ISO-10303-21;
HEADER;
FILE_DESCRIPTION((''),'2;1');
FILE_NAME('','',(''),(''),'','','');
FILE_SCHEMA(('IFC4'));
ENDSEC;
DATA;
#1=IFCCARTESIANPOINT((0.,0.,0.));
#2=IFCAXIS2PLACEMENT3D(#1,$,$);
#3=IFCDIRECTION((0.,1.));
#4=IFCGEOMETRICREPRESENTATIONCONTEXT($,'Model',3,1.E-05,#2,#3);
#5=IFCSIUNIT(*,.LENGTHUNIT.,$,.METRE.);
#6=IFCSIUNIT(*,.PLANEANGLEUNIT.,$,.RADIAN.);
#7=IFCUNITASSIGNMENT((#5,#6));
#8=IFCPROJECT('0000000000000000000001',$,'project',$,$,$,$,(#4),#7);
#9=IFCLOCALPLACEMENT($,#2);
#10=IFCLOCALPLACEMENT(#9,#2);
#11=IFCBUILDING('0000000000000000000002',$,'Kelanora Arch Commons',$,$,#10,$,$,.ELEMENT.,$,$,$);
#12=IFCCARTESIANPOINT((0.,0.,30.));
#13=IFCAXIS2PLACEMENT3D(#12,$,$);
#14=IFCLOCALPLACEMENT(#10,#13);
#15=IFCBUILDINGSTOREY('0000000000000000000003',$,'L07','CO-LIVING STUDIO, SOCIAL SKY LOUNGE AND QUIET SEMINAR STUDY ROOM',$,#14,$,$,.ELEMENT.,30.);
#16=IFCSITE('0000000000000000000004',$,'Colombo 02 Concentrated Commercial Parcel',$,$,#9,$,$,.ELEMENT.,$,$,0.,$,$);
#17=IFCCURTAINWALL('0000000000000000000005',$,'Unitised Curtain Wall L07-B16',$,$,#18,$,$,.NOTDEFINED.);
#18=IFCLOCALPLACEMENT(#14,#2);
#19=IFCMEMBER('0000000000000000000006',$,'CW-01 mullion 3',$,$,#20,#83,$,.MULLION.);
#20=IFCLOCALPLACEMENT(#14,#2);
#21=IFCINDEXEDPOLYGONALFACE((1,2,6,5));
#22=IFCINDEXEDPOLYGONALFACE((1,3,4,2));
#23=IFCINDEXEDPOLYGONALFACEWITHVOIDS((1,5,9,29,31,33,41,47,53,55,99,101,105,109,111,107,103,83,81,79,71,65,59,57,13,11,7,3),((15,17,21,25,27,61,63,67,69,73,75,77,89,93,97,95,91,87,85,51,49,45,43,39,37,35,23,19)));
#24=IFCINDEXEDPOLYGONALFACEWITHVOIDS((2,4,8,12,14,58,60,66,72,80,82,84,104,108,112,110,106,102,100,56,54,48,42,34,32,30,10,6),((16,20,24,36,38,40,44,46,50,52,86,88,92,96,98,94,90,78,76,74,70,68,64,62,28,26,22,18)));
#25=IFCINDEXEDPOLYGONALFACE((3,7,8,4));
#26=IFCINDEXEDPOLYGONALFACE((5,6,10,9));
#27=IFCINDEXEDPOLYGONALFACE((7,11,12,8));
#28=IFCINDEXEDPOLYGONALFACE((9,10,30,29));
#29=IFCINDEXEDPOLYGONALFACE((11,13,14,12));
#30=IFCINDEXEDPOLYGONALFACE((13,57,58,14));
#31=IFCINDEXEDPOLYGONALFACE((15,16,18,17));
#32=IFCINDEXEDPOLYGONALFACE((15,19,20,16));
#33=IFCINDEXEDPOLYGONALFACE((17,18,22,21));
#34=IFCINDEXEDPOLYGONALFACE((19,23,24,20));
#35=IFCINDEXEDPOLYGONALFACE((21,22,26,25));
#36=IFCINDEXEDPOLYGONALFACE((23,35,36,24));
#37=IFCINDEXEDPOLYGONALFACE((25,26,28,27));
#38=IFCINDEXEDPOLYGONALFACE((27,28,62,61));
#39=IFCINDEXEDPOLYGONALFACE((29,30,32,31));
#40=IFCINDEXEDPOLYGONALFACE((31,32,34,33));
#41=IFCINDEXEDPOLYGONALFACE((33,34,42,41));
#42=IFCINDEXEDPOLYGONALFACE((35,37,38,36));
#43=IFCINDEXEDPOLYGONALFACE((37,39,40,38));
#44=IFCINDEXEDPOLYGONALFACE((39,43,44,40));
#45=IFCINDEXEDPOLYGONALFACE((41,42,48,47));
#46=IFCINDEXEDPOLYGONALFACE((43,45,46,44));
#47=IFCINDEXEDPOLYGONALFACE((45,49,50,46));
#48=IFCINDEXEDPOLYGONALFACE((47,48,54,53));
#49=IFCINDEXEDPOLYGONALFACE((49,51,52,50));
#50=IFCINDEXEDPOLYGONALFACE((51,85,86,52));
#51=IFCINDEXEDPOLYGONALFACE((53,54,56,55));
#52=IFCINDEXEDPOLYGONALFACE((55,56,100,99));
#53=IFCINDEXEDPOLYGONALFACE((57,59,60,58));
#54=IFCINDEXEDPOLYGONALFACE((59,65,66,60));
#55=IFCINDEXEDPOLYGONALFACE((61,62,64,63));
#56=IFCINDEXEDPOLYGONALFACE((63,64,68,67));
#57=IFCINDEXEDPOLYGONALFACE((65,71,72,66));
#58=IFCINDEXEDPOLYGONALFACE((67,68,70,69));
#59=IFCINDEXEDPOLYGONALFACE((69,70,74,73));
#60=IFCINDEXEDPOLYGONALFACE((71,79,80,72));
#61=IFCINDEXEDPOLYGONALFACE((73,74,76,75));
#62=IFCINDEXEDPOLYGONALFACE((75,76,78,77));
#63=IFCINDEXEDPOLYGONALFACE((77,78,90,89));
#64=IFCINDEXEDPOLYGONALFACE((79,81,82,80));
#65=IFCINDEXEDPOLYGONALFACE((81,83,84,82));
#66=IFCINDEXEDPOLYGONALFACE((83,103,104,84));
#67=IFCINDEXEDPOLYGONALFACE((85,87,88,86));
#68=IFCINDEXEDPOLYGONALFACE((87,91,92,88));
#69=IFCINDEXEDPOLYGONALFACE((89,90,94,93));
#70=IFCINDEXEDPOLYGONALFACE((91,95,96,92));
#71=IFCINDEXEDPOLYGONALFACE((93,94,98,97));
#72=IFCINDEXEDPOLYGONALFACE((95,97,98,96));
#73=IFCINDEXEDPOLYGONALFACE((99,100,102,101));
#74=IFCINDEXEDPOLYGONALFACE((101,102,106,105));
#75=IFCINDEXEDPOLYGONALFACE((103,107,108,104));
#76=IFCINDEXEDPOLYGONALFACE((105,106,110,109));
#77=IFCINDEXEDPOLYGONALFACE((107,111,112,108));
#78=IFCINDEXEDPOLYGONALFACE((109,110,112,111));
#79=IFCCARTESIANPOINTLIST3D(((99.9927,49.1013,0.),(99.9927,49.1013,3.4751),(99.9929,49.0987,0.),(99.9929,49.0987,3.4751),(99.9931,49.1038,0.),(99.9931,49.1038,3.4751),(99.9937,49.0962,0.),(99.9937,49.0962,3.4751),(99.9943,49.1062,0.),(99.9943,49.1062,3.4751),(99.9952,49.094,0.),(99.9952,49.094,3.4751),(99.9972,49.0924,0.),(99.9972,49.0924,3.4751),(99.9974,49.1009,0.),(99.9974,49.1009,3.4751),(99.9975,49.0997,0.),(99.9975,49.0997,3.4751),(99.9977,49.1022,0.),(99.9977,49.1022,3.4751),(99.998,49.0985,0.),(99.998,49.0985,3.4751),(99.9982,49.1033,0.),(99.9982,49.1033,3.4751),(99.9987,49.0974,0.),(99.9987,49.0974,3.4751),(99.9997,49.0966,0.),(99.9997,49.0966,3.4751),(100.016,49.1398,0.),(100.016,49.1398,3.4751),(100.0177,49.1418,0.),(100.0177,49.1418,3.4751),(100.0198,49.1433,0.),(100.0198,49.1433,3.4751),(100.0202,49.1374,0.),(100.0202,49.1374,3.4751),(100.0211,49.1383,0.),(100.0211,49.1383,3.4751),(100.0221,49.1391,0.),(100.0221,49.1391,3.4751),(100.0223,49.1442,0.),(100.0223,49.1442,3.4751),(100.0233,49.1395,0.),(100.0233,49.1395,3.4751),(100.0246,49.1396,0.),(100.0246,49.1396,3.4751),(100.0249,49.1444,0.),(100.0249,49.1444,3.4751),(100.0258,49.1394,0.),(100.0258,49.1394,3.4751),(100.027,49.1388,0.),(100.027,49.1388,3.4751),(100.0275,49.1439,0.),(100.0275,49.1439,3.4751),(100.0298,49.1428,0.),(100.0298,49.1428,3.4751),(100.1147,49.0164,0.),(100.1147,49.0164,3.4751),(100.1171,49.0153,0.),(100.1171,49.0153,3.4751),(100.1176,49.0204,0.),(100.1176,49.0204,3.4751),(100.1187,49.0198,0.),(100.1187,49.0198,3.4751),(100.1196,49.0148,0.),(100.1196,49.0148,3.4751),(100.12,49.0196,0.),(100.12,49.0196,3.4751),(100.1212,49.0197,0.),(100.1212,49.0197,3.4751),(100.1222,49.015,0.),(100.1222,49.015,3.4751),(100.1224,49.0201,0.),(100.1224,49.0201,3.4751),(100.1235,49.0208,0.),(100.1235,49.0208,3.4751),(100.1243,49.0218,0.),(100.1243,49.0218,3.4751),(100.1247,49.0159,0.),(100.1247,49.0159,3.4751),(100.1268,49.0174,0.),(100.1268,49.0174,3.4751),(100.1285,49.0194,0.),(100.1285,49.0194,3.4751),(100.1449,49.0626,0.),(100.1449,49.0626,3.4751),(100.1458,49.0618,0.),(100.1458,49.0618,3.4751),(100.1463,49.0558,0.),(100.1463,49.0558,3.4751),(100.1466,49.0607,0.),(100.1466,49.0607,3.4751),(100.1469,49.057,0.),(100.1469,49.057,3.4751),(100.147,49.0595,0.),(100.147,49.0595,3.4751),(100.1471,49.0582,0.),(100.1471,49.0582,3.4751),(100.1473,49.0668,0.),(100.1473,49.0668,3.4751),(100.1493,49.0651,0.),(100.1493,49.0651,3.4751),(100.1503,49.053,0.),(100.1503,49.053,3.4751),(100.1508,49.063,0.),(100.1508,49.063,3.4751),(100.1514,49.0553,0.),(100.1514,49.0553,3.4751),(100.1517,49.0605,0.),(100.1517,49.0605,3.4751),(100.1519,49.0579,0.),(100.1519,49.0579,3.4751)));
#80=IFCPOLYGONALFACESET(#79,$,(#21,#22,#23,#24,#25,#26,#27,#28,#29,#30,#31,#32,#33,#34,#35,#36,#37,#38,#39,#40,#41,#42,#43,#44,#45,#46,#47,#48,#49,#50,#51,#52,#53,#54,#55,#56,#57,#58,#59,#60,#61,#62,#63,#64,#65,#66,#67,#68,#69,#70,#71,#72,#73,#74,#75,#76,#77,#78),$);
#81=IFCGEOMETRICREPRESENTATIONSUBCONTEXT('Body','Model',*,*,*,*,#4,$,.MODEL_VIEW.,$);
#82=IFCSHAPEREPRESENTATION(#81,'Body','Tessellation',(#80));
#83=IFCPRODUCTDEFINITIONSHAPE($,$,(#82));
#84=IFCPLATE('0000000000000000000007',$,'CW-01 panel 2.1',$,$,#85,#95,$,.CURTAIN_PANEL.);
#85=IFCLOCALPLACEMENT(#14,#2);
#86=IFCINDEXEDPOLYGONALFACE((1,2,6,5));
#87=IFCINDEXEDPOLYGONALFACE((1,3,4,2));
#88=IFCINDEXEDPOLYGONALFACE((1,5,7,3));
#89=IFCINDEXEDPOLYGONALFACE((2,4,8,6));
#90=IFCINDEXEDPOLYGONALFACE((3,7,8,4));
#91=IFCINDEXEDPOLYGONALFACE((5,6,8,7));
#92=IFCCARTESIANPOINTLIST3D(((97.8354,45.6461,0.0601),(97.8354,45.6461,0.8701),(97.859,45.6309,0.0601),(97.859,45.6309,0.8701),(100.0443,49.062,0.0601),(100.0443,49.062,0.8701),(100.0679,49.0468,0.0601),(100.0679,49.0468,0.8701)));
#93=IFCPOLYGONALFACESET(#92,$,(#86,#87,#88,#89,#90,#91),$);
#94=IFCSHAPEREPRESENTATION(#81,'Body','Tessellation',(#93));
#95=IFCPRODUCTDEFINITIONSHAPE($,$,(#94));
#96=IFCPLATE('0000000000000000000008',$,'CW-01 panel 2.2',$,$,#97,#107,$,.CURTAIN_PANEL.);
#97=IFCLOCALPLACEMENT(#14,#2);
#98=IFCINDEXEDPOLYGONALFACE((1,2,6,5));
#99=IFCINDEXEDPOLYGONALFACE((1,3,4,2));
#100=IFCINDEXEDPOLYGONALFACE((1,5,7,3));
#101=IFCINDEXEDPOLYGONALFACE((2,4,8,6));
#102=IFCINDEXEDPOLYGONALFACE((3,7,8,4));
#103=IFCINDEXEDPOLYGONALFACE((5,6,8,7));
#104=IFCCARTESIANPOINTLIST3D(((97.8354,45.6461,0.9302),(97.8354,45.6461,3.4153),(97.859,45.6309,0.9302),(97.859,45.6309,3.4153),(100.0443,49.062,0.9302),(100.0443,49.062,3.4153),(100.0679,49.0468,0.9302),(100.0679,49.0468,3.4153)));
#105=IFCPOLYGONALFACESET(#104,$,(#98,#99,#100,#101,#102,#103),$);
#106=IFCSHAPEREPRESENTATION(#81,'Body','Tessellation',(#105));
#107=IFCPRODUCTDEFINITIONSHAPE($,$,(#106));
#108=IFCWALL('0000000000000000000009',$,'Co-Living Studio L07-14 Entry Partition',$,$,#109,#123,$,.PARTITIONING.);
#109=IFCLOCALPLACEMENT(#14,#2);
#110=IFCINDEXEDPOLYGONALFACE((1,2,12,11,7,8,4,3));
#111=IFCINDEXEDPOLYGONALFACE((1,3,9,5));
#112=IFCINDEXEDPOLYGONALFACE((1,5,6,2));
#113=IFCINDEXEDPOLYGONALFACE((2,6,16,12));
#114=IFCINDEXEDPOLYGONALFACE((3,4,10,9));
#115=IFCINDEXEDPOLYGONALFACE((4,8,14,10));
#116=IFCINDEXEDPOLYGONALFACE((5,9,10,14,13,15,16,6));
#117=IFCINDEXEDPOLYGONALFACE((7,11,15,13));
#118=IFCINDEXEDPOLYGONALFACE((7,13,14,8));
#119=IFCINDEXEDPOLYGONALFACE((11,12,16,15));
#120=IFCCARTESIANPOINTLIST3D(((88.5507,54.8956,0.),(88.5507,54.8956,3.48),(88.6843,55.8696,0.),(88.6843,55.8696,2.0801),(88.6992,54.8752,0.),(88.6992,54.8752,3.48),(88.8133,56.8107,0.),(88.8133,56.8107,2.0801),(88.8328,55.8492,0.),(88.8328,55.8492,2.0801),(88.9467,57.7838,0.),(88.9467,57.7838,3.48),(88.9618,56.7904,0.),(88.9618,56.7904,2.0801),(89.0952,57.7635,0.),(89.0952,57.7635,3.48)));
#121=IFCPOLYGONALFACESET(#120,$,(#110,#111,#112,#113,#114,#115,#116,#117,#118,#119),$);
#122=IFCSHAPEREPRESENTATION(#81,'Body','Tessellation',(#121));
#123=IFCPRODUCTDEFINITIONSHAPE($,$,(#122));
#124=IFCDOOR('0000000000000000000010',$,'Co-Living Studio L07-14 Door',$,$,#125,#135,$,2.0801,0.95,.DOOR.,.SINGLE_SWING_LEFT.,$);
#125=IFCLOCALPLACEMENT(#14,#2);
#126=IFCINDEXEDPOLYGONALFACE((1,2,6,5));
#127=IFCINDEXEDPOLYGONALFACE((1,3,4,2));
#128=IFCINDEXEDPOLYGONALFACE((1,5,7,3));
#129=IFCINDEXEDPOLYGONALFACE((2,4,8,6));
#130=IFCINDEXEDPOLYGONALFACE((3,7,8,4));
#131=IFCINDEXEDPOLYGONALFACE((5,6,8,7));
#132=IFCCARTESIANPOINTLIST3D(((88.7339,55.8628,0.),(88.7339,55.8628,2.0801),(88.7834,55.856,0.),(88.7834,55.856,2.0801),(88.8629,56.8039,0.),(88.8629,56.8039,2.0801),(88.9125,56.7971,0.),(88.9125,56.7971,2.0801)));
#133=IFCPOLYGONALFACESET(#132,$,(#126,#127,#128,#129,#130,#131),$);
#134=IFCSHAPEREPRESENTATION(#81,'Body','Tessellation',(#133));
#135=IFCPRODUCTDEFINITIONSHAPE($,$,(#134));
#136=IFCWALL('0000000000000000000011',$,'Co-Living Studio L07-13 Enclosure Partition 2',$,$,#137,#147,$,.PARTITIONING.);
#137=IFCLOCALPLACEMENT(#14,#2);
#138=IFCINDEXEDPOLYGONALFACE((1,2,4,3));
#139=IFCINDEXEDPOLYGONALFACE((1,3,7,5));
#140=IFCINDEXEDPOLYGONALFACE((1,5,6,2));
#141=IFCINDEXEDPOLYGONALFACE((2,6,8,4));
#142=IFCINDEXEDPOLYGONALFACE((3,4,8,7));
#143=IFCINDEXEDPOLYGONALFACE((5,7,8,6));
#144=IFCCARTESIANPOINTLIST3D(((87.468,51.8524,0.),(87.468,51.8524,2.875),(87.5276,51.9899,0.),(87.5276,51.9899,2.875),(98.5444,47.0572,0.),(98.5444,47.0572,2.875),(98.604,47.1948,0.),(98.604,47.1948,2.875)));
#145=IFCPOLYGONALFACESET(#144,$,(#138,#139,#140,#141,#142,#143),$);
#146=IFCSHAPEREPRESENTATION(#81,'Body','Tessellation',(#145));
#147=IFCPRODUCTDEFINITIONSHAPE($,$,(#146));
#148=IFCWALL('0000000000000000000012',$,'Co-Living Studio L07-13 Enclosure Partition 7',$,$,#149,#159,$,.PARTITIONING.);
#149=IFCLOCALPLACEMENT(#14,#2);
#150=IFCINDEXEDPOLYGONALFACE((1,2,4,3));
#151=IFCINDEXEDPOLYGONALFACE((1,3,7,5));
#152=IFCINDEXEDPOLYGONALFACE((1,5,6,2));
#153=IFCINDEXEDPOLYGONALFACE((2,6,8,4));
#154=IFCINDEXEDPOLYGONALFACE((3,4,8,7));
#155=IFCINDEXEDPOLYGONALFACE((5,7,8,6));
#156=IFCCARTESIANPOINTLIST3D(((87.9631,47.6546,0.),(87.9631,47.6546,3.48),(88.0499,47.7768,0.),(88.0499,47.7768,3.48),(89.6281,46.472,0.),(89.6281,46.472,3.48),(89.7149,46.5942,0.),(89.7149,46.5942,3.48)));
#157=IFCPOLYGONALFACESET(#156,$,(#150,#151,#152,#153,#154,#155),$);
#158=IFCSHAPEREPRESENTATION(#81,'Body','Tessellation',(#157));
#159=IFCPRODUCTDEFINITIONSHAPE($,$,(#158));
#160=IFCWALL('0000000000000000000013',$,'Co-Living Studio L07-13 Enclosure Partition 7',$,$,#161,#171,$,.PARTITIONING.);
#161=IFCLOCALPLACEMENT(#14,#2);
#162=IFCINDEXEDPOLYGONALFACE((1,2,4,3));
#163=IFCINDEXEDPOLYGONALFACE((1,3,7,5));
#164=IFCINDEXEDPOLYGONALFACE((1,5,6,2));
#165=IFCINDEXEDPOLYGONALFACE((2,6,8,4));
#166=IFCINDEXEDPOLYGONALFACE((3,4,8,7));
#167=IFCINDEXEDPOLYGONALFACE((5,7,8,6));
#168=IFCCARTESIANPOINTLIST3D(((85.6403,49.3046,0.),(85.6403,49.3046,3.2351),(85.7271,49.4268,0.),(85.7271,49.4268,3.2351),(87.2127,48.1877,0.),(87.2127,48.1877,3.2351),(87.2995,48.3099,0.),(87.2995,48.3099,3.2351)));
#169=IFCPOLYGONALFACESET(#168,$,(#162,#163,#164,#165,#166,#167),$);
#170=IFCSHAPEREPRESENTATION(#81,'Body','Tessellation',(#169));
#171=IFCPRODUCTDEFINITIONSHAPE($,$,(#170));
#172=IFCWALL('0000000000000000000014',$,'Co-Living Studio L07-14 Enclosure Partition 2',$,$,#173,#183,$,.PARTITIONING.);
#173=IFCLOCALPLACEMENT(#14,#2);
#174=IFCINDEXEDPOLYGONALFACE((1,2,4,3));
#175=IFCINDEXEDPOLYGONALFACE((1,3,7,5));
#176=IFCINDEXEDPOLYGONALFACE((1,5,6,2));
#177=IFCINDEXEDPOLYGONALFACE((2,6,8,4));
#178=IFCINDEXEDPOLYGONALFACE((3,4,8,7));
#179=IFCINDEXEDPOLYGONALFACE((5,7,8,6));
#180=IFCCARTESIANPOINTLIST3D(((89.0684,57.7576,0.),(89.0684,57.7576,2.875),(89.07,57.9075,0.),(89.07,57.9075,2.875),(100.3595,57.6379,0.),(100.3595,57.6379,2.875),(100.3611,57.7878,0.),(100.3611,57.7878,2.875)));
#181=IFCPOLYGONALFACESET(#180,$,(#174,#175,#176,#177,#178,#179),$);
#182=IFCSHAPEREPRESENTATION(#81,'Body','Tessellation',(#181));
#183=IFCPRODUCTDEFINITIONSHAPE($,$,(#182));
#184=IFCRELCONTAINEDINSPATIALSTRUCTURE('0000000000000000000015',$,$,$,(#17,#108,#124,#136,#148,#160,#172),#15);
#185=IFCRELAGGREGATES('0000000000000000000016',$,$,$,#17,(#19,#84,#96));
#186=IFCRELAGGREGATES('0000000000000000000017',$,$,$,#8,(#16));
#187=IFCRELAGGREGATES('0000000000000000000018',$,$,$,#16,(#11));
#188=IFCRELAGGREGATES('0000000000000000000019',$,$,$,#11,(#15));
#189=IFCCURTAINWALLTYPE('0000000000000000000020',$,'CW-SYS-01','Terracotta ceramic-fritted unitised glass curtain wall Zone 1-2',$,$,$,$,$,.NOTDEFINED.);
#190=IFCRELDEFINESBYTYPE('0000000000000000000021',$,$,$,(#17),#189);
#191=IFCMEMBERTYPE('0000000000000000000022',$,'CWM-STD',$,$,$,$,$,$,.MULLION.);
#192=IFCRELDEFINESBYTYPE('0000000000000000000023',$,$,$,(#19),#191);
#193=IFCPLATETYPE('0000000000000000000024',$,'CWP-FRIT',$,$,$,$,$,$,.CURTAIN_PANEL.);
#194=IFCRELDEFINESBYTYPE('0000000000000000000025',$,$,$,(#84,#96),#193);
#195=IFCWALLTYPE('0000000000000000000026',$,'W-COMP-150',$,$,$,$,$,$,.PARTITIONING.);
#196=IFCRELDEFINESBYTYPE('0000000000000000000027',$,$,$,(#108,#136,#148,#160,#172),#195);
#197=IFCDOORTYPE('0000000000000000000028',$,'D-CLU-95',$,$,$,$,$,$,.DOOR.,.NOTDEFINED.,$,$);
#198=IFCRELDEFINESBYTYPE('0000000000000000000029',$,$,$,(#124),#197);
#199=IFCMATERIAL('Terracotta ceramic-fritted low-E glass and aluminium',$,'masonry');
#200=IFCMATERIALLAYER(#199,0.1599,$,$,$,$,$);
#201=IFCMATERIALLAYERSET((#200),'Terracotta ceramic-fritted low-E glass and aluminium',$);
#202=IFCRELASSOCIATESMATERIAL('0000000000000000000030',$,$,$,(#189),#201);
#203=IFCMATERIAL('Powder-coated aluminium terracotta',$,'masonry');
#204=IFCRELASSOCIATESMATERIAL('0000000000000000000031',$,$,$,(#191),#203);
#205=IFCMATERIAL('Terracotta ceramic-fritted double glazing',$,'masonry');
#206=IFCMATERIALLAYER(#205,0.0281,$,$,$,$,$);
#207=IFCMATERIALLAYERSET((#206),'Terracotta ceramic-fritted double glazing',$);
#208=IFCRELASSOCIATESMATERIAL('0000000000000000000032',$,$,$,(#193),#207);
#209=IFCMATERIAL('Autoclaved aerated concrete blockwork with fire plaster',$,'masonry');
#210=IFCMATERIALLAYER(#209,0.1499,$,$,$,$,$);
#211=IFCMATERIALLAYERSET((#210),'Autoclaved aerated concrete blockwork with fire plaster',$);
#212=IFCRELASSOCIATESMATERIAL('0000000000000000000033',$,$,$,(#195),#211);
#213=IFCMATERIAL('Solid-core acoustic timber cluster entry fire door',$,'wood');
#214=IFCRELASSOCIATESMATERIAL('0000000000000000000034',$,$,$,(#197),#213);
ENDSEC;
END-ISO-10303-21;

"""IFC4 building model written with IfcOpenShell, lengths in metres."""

from ifc_helpers import new_model, si_unit, direction, frame, frame_2d, origin, origin_2d, place, context, subcontext, project, spatial, rectangle, hollow_rectangle, extrude, source, transform, mapped, material, layer, layer_set, material_profile, profile_set, type_object, element, fill, aggregate, save


model = new_model("IFC4")

# Units and contexts
model_context = context("Model", 3, precision=1e-05, world=origin(), true_north=direction((0.0, 1.0)))
body_context = subcontext(model_context, "Body", "Model", "MODEL_VIEW")
ifc_project = project(units=[si_unit("LENGTHUNIT", "METRE"), si_unit("PLANEANGLEUNIT", "RADIAN")], contexts=[model_context])

# Site, building, storey
site_placement = place(None, origin())
site = spatial("IfcSite", under=ifc_project, at=site_placement, Name="Colombo 02 Concentrated Commercial Parcel", CompositionType="ELEMENT", RefElevation=0.0)
building_placement = place(site_placement, origin())
building = spatial("IfcBuilding", under=site, at=building_placement, Name="Kelanora Arch Commons", CompositionType="ELEMENT")
storey_placement = place(building_placement, frame((0.0, 0.0, 30.0)))
storey = spatial("IfcBuildingStorey", under=building, at=storey_placement, Name="L07", Description="CO-LIVING STUDIO, SOCIAL SKY LOUNGE AND QUIET SEMINAR STUDY ROOM", CompositionType="ELEMENT", Elevation=30.0)

# Curtain wall, member, plates
ifc_material_1 = material(Name="Terracotta ceramic-fritted low-E glass and aluminium", Category="masonry")
ifc_layer_1 = layer(ifc_material_1, 0.1599)
ifc_layer_set_1 = layer_set([ifc_layer_1], Name="Terracotta ceramic-fritted low-E glass and aluminium")
curtain_wall_type = type_object("IfcCurtainWallType", Name="CW-SYS-01", Description="Terracotta ceramic-fritted unitised glass curtain wall Zone 1-2", PredefinedType="NOTDEFINED", material=ifc_layer_set_1)
curtain_wall_placement = place(storey_placement, origin())
curtain_wall = element("IfcCurtainWall", 1, at=curtain_wall_placement, inside=storey, type_object=curtain_wall_type, Name="Unitised Curtain Wall L07-B16", PredefinedType="NOTDEFINED")
ifc_material_2 = material(Name="Powder-coated aluminium terracotta", Category="masonry")
ifc_material_profile_1 = material_profile(ifc_material_2, hollow_rectangle(XDim=0.1599, YDim=0.0601, WallThickness=0.0049, InnerFilletRadius=0.0049, OuterFilletRadius=0.01, at=origin_2d()), Name="CWM160x60")
ifc_profile_set_1 = profile_set([ifc_material_profile_1], Name="Powder-coated aluminium terracotta")
member_type = type_object("IfcMemberType", Name="CWM-STD", PredefinedType="MULLION", material=ifc_profile_set_1)
member_placement = place(storey_placement, frame((100.0723, 49.0796, 0.0), z_axis=(0.0, 0.0, 1.0), x_axis=(-0.83973, 0.543004, 0.0)))
member = element("IfcMember", 2, at=member_placement, type_object=member_type, Name="CW-01 mullion 3", PredefinedType="MULLION", context=body_context, shape_type="SweptSolid", body=[
    extrude(hollow_rectangle(XDim=0.1599, YDim=0.0601, WallThickness=0.0049, InnerFilletRadius=0.0049, OuterFilletRadius=0.01, at=origin_2d()), origin(), (0.0, 0.0, 1.0), 3.4751),
])
ifc_material_3 = material(Name="Terracotta ceramic-fritted double glazing", Category="masonry")
ifc_layer_2 = layer(ifc_material_3, 0.0281)
ifc_layer_set_2 = layer_set([ifc_layer_2], Name="Terracotta ceramic-fritted double glazing")
plate_type = type_object("IfcPlateType", Name="CWP-FRIT", PredefinedType="CURTAIN_PANEL", material=ifc_layer_set_2)
shared_shape_1 = source(origin(), body_context, "Body", "SweptSolid", [
    extrude(rectangle(XDim=4.0679, YDim=0.0281, at=origin_2d()), origin(), (0.0, 0.0, 1.0), 0.8101),
])
plate_1_placement = place(storey_placement, frame((98.9517, 47.3464, 0.0601), z_axis=(0.0, 0.0, 1.0), x_axis=(0.543004, 0.83973, 0.0)))
plate_1 = element("IfcPlate", 3, at=plate_1_placement, type_object=plate_type, Name="CW-01 panel 2.1", PredefinedType="CURTAIN_PANEL", context=body_context, shape_type="MappedRepresentation", body=[
    mapped(shared_shape_1, transform((0.0, 0.0, 0.0), scale=1.0)),
])
shared_shape_2 = source(origin(), body_context, "Body", "SweptSolid", [
    extrude(rectangle(XDim=4.0679, YDim=0.0281, at=origin_2d()), origin(), (0.0, 0.0, 1.0), 2.4851),
])
plate_2_placement = place(storey_placement, frame((98.9517, 47.3464, 0.9302), z_axis=(0.0, 0.0, 1.0), x_axis=(0.543004, 0.83973, 0.0)))
plate_2 = element("IfcPlate", 4, at=plate_2_placement, type_object=plate_type, Name="CW-01 panel 2.2", PredefinedType="CURTAIN_PANEL", context=body_context, shape_type="MappedRepresentation", body=[
    mapped(shared_shape_2, transform((0.0, 0.0, 0.0), scale=1.0)),
])
aggregate(curtain_wall, [member, plate_1, plate_2])

# Wall, opening, door
ifc_material_4 = material(Name="Autoclaved aerated concrete blockwork with fire plaster", Category="masonry")
ifc_layer_3 = layer(ifc_material_4, 0.1499)
ifc_layer_set_3 = layer_set([ifc_layer_3], Name="Autoclaved aerated concrete blockwork with fire plaster")
wall_type_1 = type_object("IfcWallType", Name="W-COMP-150", PredefinedType="PARTITIONING", material=ifc_layer_set_3)
wall_1_placement = place(storey_placement, frame((88.625, 54.8855, 0.0), z_axis=(0.0, 0.0, 1.0), x_axis=(0.135838, 0.990731, 0.0)))
wall_1 = element("IfcWall", 5, at=wall_1_placement, inside=storey, type_object=wall_type_1, Name="Co-Living Studio L07-14 Entry Partition", PredefinedType="PARTITIONING", context=body_context, shape_type="SweptSolid", body=[
    extrude(rectangle(XDim=2.9153, YDim=0.1499, at=frame_2d((1.4575, 0.0))), origin(), (0.0, 0.0, 1.0), 3.48),
])
opening_1_placement = place(wall_1_placement, frame((0.9829, 0.0, 0.0)))
opening_1 = element("IfcOpeningElement", 6, at=opening_1_placement, cuts=wall_1, PredefinedType="OPENING", context=body_context, shape_type="SweptSolid", body=[
    extrude(rectangle(XDim=0.95, YDim=2.0801, at=frame_2d((0.4751, 1.04))), frame((0.0, 0.085, 0.0), z_axis=(0.0, -1.0, 0.0), x_axis=(1.0, 0.0, 0.0)), (0.0, 0.0, 1.0), 0.1699),
])
ifc_material_5 = material(Name="Solid-core acoustic timber cluster entry fire door", Category="wood")
door_type_1 = type_object("IfcDoorType", Name="D-CLU-95", OperationType="NOTDEFINED", PredefinedType="DOOR", material=ifc_material_5)
door_1_placement = place(opening_1_placement, origin())
door_1 = element("IfcDoor", 7, at=door_1_placement, inside=storey, type_object=door_type_1, Name="Co-Living Studio L07-14 Door", OperationType="SINGLE_SWING_LEFT", OverallHeight=2.0801, OverallWidth=0.95, PredefinedType="DOOR", context=body_context, shape_type="SweptSolid", body=[
    extrude(rectangle(XDim=0.95, YDim=2.0801, at=frame_2d((0.4751, 1.04))), frame((0.0, 0.0249, 0.0), z_axis=(0.0, -1.0, 0.0), x_axis=(1.0, 0.0, 0.0)), (0.0, 0.0, 1.0), 0.05),
])
fill(opening_1, door_1)

# Walls
wall_2_placement = place(storey_placement, frame((87.4978, 51.9211, 0.0), z_axis=(0.0, 0.0, 1.0), x_axis=(0.917695, -0.397286, 0.0)))
element("IfcWall", 8, at=wall_2_placement, inside=storey, type_object=wall_type_1, Name="Co-Living Studio L07-13 Enclosure Partition 2", PredefinedType="PARTITIONING", context=body_context, shape_type="SweptSolid", body=[
    extrude(rectangle(XDim=12.0698, YDim=0.1499, at=frame_2d((6.0349, 0.0))), origin(), (0.0, 0.0, 1.0), 2.875),
])
wall_3_placement = place(storey_placement, frame((89.6714, 46.5332, 0.0), z_axis=(0.0, 0.0, 1.0), x_axis=(-0.815281, 0.579065, 0.0)))
element("IfcWall", 9, at=wall_3_placement, inside=storey, type_object=wall_type_1, Name="Co-Living Studio L07-13 Enclosure Partition 7", PredefinedType="PARTITIONING", context=body_context, shape_type="SweptSolid", body=[
    extrude(rectangle(XDim=2.0422, YDim=0.1499, at=frame_2d((1.021, 0.0))), origin(), (0.0, 0.0, 1.0), 3.48),
])
wall_4_placement = place(storey_placement, frame((87.2561, 48.2488, 0.0), z_axis=(0.0, 0.0, 1.0), x_axis=(-0.81527, 0.579081, 0.0)))
element("IfcWall", 10, at=wall_4_placement, inside=storey, type_object=wall_type_1, Name="Co-Living Studio L07-13 Enclosure Partition 7", PredefinedType="PARTITIONING", context=body_context, shape_type="SweptSolid", body=[
    extrude(rectangle(XDim=1.9287, YDim=0.1499, at=frame_2d((0.9644, 0.0))), origin(), (0.0, 0.0, 1.0), 3.2351),
])
wall_5_placement = place(storey_placement, frame((89.0691, 57.8325, 0.0), z_axis=(0.0, 0.0, 1.0), x_axis=(0.999944, -0.010594, 0.0)))
element("IfcWall", 11, at=wall_5_placement, inside=storey, type_object=wall_type_1, Name="Co-Living Studio L07-14 Enclosure Partition 2", PredefinedType="PARTITIONING", context=body_context, shape_type="SweptSolid", body=[
    extrude(rectangle(XDim=11.2917, YDim=0.1499, at=frame_2d((5.646, 0.0))), origin(), (0.0, 0.0, 1.0), 2.875),
])

save(model, "model.ifc")
